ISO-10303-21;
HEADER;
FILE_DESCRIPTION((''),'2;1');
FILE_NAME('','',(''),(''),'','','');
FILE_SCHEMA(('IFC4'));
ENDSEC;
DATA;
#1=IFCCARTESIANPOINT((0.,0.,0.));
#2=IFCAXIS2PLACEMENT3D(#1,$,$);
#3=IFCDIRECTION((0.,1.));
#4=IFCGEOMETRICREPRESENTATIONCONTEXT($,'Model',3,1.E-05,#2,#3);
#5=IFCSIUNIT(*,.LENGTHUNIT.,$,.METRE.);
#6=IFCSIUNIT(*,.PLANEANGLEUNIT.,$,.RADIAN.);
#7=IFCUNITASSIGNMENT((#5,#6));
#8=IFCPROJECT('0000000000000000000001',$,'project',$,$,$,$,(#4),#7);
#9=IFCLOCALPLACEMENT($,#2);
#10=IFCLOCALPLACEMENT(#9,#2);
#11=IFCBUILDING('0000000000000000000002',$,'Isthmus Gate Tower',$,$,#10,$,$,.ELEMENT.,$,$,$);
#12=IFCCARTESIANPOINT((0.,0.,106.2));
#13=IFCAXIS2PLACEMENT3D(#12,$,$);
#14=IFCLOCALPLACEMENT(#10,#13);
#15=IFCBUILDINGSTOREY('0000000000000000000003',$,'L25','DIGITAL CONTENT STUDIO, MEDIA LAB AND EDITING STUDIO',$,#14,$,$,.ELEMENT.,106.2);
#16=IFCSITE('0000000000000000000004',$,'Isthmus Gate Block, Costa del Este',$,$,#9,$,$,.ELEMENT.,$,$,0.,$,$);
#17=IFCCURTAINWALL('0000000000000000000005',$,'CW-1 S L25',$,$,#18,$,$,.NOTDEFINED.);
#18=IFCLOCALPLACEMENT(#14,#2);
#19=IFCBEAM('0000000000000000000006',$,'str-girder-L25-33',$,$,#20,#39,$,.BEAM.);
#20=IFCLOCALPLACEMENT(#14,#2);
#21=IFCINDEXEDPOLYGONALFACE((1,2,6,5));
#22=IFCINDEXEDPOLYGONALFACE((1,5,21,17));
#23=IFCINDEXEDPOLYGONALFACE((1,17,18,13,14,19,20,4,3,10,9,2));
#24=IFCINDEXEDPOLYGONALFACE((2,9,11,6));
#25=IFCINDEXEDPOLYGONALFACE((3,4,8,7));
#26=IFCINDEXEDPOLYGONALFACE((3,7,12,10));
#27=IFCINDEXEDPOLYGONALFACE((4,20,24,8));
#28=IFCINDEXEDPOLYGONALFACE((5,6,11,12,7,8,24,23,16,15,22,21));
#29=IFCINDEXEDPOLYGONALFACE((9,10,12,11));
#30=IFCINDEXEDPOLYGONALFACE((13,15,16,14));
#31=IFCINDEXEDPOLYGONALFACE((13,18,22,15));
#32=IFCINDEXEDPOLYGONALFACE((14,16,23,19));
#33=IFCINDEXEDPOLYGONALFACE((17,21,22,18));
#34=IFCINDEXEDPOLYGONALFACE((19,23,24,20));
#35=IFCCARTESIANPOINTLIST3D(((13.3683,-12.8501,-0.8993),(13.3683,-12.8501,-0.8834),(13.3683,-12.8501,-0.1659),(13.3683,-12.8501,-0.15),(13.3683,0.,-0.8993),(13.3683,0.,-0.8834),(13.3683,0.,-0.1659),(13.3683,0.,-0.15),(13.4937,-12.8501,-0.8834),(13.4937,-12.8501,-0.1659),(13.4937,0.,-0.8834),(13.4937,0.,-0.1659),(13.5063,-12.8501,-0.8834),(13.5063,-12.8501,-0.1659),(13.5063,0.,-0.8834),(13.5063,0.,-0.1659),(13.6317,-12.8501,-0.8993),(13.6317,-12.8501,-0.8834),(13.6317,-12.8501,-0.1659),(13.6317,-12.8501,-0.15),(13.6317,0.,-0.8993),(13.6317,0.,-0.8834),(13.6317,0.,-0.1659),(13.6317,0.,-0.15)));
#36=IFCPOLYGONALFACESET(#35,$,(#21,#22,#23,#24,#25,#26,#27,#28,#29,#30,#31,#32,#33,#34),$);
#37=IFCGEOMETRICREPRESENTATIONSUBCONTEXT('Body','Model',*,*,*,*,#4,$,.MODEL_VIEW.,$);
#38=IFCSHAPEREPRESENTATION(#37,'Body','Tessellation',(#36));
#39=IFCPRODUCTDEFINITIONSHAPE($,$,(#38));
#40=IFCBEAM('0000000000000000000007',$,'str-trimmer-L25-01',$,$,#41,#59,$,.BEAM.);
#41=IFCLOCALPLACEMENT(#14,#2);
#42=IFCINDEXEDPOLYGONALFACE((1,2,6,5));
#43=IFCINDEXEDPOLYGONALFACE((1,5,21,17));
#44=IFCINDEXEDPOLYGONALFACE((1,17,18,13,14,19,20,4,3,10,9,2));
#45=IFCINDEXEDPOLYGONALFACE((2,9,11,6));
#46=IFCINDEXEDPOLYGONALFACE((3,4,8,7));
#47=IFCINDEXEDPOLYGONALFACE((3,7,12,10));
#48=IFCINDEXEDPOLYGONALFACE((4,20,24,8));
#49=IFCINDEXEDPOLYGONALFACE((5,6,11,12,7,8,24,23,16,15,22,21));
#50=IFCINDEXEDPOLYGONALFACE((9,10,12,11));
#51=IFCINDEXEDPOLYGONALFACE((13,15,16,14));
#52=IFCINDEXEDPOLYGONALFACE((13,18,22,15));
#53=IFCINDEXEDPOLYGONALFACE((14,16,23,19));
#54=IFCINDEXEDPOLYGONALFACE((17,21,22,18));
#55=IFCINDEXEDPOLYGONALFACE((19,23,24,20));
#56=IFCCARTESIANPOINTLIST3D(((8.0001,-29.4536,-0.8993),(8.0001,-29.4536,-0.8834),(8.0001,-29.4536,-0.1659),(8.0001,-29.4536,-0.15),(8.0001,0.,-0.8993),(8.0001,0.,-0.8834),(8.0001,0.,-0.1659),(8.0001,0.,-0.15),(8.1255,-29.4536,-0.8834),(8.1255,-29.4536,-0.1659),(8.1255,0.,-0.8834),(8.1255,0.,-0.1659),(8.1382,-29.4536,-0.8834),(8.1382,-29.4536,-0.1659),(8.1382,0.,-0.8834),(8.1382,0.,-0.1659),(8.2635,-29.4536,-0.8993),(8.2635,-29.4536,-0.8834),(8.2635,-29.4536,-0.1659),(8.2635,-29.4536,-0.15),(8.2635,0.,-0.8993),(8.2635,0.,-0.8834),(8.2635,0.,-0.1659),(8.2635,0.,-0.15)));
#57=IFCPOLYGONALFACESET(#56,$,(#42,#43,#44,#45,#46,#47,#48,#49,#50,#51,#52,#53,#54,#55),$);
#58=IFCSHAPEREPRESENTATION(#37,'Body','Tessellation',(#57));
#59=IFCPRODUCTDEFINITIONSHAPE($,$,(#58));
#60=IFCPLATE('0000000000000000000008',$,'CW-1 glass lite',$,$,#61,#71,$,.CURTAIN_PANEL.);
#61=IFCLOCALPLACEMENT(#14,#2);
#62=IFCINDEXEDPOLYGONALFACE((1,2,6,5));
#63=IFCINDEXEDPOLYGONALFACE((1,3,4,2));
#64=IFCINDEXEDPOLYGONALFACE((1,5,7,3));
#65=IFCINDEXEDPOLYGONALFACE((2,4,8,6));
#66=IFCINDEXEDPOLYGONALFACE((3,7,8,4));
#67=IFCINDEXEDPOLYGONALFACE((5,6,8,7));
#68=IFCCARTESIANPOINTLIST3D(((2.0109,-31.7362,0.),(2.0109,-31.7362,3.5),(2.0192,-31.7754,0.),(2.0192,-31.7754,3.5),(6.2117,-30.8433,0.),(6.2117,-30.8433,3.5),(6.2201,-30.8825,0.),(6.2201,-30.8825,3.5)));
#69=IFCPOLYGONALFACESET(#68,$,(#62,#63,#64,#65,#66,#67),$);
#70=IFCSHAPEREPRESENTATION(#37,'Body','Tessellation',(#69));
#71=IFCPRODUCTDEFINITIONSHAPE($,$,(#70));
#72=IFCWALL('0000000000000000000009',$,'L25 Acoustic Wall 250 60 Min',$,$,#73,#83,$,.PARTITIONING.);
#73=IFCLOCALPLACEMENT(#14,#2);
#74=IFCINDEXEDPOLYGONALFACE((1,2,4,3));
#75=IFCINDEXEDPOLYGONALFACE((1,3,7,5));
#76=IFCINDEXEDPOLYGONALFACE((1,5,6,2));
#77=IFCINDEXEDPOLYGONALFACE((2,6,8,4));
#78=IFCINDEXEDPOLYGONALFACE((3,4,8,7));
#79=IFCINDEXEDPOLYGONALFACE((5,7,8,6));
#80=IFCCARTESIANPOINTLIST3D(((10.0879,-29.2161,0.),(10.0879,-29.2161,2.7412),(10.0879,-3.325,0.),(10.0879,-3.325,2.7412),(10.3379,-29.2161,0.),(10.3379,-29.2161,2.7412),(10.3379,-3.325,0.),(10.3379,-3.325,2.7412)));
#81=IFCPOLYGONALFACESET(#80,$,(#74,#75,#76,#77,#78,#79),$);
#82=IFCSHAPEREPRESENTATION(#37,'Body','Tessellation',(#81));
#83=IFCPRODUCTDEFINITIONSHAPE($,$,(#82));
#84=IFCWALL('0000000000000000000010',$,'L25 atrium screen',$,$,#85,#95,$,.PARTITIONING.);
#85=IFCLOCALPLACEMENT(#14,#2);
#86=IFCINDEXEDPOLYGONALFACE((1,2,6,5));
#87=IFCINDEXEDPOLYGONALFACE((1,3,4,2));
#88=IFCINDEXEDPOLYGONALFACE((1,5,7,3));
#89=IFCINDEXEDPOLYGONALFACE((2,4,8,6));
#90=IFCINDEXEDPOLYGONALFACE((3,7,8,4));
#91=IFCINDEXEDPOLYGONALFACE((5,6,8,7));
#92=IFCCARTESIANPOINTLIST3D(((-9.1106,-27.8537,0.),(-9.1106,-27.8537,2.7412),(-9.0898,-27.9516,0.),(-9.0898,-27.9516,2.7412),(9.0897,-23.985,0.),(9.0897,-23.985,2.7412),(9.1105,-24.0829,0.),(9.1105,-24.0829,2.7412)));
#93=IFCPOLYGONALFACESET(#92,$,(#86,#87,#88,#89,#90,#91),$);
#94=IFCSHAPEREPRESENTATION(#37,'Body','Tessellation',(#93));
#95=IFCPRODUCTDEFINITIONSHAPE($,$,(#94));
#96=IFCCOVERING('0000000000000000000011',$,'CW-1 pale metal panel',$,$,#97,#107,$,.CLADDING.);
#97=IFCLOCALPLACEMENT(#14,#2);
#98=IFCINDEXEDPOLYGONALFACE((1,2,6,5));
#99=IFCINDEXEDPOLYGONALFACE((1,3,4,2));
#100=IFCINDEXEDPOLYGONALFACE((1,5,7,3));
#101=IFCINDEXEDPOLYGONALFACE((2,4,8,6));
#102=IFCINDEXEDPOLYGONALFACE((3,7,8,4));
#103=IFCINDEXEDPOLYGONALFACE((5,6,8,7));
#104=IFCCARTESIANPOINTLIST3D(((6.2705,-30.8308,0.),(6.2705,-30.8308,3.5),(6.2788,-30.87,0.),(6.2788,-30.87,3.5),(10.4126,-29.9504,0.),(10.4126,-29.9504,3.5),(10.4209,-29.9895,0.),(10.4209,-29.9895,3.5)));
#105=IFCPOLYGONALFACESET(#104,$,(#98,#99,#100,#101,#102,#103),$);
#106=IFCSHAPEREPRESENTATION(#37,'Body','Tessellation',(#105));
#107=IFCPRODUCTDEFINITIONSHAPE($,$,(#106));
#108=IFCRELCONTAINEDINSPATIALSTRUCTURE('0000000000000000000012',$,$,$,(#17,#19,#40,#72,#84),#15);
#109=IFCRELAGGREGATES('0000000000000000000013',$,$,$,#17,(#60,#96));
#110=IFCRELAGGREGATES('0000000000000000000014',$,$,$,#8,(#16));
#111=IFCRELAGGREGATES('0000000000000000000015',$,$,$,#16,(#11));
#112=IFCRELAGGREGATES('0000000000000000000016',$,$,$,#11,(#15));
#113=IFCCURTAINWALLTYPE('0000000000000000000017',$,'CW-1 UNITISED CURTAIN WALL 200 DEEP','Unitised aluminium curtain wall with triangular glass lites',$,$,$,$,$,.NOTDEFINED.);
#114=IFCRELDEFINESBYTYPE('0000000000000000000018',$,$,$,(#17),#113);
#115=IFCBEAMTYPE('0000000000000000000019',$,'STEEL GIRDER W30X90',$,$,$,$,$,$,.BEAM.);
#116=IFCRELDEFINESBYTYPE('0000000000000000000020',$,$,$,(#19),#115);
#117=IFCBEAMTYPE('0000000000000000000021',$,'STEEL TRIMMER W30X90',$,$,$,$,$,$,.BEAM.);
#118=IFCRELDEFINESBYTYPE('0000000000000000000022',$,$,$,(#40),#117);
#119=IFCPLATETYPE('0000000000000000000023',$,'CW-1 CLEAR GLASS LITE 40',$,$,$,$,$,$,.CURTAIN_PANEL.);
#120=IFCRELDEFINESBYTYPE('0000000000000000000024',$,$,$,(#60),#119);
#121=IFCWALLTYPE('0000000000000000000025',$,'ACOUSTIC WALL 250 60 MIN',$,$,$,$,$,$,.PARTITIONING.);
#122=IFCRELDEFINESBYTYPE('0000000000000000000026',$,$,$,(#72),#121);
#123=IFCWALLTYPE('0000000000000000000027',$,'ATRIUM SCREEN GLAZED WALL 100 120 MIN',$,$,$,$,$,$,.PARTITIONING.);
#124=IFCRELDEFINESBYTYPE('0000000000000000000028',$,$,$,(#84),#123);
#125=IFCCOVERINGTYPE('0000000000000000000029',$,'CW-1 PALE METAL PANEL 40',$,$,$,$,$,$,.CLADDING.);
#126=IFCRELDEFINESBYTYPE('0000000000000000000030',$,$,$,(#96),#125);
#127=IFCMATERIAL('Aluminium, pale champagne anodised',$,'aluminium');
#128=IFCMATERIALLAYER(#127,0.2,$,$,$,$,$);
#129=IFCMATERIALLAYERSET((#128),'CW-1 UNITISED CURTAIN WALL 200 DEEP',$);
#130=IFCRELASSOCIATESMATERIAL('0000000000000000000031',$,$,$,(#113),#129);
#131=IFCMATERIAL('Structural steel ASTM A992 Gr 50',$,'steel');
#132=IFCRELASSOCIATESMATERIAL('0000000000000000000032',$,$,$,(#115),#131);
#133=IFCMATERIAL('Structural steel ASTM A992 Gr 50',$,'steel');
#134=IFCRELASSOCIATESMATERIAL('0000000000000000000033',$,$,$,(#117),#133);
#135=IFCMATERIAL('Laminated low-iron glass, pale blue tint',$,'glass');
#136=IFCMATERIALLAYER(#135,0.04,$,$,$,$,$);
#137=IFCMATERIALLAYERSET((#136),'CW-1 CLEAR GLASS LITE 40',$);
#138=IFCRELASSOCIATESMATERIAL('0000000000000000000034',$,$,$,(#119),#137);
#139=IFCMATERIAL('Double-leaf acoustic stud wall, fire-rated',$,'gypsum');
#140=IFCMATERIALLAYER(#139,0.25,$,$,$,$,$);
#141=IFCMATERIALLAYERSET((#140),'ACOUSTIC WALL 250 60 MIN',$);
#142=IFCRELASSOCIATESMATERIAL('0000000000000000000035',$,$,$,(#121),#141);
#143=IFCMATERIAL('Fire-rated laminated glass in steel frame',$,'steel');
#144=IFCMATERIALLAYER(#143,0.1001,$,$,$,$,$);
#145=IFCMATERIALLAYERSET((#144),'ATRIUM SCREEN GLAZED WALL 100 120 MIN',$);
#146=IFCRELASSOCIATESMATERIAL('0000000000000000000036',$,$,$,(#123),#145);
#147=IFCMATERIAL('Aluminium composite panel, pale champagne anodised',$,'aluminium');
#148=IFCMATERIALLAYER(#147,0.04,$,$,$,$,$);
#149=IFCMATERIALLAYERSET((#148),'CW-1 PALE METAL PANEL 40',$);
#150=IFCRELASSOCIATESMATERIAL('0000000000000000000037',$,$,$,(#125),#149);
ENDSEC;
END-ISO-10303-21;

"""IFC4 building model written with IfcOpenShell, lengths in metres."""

from ifc_helpers import new_model, si_unit, direction, frame, frame_2d, origin, origin_2d, place, context, subcontext, project, spatial, rectangle, i_section, extrude, material, layer, layer_set, material_profile, profile_set, type_object, element, aggregate, save


model = new_model("IFC4")

# Units and contexts
model_context = context("Model", 3, precision=1e-05, world=origin(), true_north=direction((0.0, 1.0)))
body_context = subcontext(model_context, "Body", "Model", "MODEL_VIEW")
ifc_project = project(units=[si_unit("LENGTHUNIT", "METRE"), si_unit("PLANEANGLEUNIT", "RADIAN")], contexts=[model_context])

# Site, building, storey
site_placement = place(None, origin())
site = spatial("IfcSite", under=ifc_project, at=site_placement, Name="Isthmus Gate Block, Costa del Este", CompositionType="ELEMENT", RefElevation=0.0)
building_placement = place(site_placement, origin())
building = spatial("IfcBuilding", under=site, at=building_placement, Name="Isthmus Gate Tower", CompositionType="ELEMENT")
storey_placement = place(building_placement, frame((0.0, 0.0, 106.2)))
storey = spatial("IfcBuildingStorey", under=building, at=storey_placement, Name="L25", Description="DIGITAL CONTENT STUDIO, MEDIA LAB AND EDITING STUDIO", CompositionType="ELEMENT", Elevation=106.2)

# Curtain wall
ifc_material_1 = material(Name="Aluminium, pale champagne anodised", Category="aluminium")
ifc_layer_1 = layer(ifc_material_1, 0.2)
ifc_layer_set_1 = layer_set([ifc_layer_1], Name="CW-1 UNITISED CURTAIN WALL 200 DEEP")
curtain_wall_type = type_object("IfcCurtainWallType", Name="CW-1 UNITISED CURTAIN WALL 200 DEEP", Description="Unitised aluminium curtain wall with triangular glass lites", PredefinedType="NOTDEFINED", material=ifc_layer_set_1)
curtain_wall_placement = place(storey_placement, origin())
curtain_wall = element("IfcCurtainWall", 1, at=curtain_wall_placement, inside=storey, type_object=curtain_wall_type, Name="CW-1 S L25", PredefinedType="NOTDEFINED")

# Beams
ifc_material_2 = material(Name="Structural steel ASTM A992 Gr 50", Category="steel")
ifc_material_profile_1 = material_profile(ifc_material_2, i_section(OverallWidth=0.2634, OverallDepth=0.7493, WebThickness=0.0127, FlangeThickness=0.0159, at=origin_2d()), Name="W30X90")
ifc_profile_set_1 = profile_set([ifc_material_profile_1], Name="Structural steel ASTM A992 Gr 50")
beam_type_1 = type_object("IfcBeamType", Name="STEEL GIRDER W30X90", PredefinedType="BEAM", material=ifc_profile_set_1)
beam_1_placement = place(storey_placement, frame((13.5, -12.8501, -0.5247), z_axis=(0.0, 1.0, 0.0), x_axis=(-1.0, 0.0, 0.0)))
element("IfcBeam", 2, at=beam_1_placement, inside=storey, type_object=beam_type_1, Name="str-girder-L25-33", PredefinedType="BEAM", context=body_context, shape_type="SweptSolid", body=[
    extrude(i_section(OverallWidth=0.2634, OverallDepth=0.7493, WebThickness=0.0127, FlangeThickness=0.0159, at=origin_2d()), origin(), (0.0, 0.0, 1.0), 12.8501),
])
ifc_material_3 = material(Name="Structural steel ASTM A992 Gr 50", Category="steel")
ifc_material_profile_2 = material_profile(ifc_material_3, i_section(OverallWidth=0.2634, OverallDepth=0.7493, WebThickness=0.0127, FlangeThickness=0.0159, at=origin_2d()), Name="W30X90")
ifc_profile_set_2 = profile_set([ifc_material_profile_2], Name="Structural steel ASTM A992 Gr 50")
beam_type_2 = type_object("IfcBeamType", Name="STEEL TRIMMER W30X90", PredefinedType="BEAM", material=ifc_profile_set_2)
beam_2_placement = place(storey_placement, frame((8.1318, -29.4536, -0.5247), z_axis=(0.0, 1.0, 0.0), x_axis=(-1.0, 0.0, 0.0)))
element("IfcBeam", 3, at=beam_2_placement, inside=storey, type_object=beam_type_2, Name="str-trimmer-L25-01", PredefinedType="BEAM", context=body_context, shape_type="SweptSolid", body=[
    extrude(i_section(OverallWidth=0.2634, OverallDepth=0.7493, WebThickness=0.0127, FlangeThickness=0.0159, at=origin_2d()), origin(), (0.0, 0.0, 1.0), 29.4536),
])

# Plate
ifc_material_4 = material(Name="Laminated low-iron glass, pale blue tint", Category="glass")
ifc_layer_2 = layer(ifc_material_4, 0.04)
ifc_layer_set_2 = layer_set([ifc_layer_2], Name="CW-1 CLEAR GLASS LITE 40")
plate_type = type_object("IfcPlateType", Name="CW-1 CLEAR GLASS LITE 40", PredefinedType="CURTAIN_PANEL", material=ifc_layer_set_2)
plate_placement = place(storey_placement, frame((4.1155, -31.3093, 0.0), z_axis=(0.0, 0.0, 1.0), x_axis=(0.978148, 0.207912, 0.0)))
plate = element("IfcPlate", 4, at=plate_placement, type_object=plate_type, Name="CW-1 glass lite", PredefinedType="CURTAIN_PANEL", context=body_context, shape_type="SweptSolid", body=[
    extrude(rectangle(XDim=4.2947, YDim=0.04, at=origin_2d()), origin(), (0.0, 0.0, 1.0), 3.5),
])

# Walls
ifc_material_5 = material(Name="Double-leaf acoustic stud wall, fire-rated", Category="gypsum")
ifc_layer_3 = layer(ifc_material_5, 0.25)
ifc_layer_set_3 = layer_set([ifc_layer_3], Name="ACOUSTIC WALL 250 60 MIN")
wall_type_1 = type_object("IfcWallType", Name="ACOUSTIC WALL 250 60 MIN", PredefinedType="PARTITIONING", material=ifc_layer_set_3)
wall_1_placement = place(storey_placement, frame((10.2129, -29.2161, 0.0), z_axis=(0.0, 0.0, 1.0), x_axis=(0.0, 1.0, 0.0)))
element("IfcWall", 5, at=wall_1_placement, inside=storey, type_object=wall_type_1, Name="L25 Acoustic Wall 250 60 Min", PredefinedType="PARTITIONING", context=body_context, shape_type="SweptSolid", body=[
    extrude(rectangle(XDim=25.8911, YDim=0.25, at=frame_2d((12.9456, 0.0))), origin(), (0.0, 0.0, 1.0), 2.7412),
])
ifc_material_6 = material(Name="Fire-rated laminated glass in steel frame", Category="steel")
ifc_layer_4 = layer(ifc_material_6, 0.1001)
ifc_layer_set_4 = layer_set([ifc_layer_4], Name="ATRIUM SCREEN GLAZED WALL 100 120 MIN")
wall_type_2 = type_object("IfcWallType", Name="ATRIUM SCREEN GLAZED WALL 100 120 MIN", PredefinedType="PARTITIONING", material=ifc_layer_set_4)
wall_2_placement = place(storey_placement, frame((9.1001, -24.0339, 0.0), z_axis=(0.0, 0.0, 1.0), x_axis=(-0.978147, -0.207916, 0.0)))
element("IfcWall", 6, at=wall_2_placement, inside=storey, type_object=wall_type_2, Name="L25 atrium screen", PredefinedType="PARTITIONING", context=body_context, shape_type="SweptSolid", body=[
    extrude(rectangle(XDim=18.6069, YDim=0.1001, at=frame_2d((9.3035, 0.0))), origin(), (0.0, 0.0, 1.0), 2.7412),
])

# Covering
ifc_material_7 = material(Name="Aluminium composite panel, pale champagne anodised", Category="aluminium")
ifc_layer_5 = layer(ifc_material_7, 0.04)
ifc_layer_set_5 = layer_set([ifc_layer_5], Name="CW-1 PALE METAL PANEL 40")
covering_type = type_object("IfcCoveringType", Name="CW-1 PALE METAL PANEL 40", PredefinedType="CLADDING", material=ifc_layer_set_5)
covering_placement = place(storey_placement, frame((8.3457, -30.4102, 0.0), z_axis=(0.0, 0.0, 1.0), x_axis=(0.978148, 0.207912, 0.0)))
covering = element("IfcCovering", 7, at=covering_placement, type_object=covering_type, Name="CW-1 pale metal panel", PredefinedType="CLADDING", context=body_context, shape_type="SweptSolid", body=[
    extrude(rectangle(XDim=4.2346, YDim=0.04, at=origin_2d()), origin(), (0.0, 0.0, 1.0), 3.5),
])
aggregate(curtain_wall, [plate, covering])

save(model, "model.ifc")
